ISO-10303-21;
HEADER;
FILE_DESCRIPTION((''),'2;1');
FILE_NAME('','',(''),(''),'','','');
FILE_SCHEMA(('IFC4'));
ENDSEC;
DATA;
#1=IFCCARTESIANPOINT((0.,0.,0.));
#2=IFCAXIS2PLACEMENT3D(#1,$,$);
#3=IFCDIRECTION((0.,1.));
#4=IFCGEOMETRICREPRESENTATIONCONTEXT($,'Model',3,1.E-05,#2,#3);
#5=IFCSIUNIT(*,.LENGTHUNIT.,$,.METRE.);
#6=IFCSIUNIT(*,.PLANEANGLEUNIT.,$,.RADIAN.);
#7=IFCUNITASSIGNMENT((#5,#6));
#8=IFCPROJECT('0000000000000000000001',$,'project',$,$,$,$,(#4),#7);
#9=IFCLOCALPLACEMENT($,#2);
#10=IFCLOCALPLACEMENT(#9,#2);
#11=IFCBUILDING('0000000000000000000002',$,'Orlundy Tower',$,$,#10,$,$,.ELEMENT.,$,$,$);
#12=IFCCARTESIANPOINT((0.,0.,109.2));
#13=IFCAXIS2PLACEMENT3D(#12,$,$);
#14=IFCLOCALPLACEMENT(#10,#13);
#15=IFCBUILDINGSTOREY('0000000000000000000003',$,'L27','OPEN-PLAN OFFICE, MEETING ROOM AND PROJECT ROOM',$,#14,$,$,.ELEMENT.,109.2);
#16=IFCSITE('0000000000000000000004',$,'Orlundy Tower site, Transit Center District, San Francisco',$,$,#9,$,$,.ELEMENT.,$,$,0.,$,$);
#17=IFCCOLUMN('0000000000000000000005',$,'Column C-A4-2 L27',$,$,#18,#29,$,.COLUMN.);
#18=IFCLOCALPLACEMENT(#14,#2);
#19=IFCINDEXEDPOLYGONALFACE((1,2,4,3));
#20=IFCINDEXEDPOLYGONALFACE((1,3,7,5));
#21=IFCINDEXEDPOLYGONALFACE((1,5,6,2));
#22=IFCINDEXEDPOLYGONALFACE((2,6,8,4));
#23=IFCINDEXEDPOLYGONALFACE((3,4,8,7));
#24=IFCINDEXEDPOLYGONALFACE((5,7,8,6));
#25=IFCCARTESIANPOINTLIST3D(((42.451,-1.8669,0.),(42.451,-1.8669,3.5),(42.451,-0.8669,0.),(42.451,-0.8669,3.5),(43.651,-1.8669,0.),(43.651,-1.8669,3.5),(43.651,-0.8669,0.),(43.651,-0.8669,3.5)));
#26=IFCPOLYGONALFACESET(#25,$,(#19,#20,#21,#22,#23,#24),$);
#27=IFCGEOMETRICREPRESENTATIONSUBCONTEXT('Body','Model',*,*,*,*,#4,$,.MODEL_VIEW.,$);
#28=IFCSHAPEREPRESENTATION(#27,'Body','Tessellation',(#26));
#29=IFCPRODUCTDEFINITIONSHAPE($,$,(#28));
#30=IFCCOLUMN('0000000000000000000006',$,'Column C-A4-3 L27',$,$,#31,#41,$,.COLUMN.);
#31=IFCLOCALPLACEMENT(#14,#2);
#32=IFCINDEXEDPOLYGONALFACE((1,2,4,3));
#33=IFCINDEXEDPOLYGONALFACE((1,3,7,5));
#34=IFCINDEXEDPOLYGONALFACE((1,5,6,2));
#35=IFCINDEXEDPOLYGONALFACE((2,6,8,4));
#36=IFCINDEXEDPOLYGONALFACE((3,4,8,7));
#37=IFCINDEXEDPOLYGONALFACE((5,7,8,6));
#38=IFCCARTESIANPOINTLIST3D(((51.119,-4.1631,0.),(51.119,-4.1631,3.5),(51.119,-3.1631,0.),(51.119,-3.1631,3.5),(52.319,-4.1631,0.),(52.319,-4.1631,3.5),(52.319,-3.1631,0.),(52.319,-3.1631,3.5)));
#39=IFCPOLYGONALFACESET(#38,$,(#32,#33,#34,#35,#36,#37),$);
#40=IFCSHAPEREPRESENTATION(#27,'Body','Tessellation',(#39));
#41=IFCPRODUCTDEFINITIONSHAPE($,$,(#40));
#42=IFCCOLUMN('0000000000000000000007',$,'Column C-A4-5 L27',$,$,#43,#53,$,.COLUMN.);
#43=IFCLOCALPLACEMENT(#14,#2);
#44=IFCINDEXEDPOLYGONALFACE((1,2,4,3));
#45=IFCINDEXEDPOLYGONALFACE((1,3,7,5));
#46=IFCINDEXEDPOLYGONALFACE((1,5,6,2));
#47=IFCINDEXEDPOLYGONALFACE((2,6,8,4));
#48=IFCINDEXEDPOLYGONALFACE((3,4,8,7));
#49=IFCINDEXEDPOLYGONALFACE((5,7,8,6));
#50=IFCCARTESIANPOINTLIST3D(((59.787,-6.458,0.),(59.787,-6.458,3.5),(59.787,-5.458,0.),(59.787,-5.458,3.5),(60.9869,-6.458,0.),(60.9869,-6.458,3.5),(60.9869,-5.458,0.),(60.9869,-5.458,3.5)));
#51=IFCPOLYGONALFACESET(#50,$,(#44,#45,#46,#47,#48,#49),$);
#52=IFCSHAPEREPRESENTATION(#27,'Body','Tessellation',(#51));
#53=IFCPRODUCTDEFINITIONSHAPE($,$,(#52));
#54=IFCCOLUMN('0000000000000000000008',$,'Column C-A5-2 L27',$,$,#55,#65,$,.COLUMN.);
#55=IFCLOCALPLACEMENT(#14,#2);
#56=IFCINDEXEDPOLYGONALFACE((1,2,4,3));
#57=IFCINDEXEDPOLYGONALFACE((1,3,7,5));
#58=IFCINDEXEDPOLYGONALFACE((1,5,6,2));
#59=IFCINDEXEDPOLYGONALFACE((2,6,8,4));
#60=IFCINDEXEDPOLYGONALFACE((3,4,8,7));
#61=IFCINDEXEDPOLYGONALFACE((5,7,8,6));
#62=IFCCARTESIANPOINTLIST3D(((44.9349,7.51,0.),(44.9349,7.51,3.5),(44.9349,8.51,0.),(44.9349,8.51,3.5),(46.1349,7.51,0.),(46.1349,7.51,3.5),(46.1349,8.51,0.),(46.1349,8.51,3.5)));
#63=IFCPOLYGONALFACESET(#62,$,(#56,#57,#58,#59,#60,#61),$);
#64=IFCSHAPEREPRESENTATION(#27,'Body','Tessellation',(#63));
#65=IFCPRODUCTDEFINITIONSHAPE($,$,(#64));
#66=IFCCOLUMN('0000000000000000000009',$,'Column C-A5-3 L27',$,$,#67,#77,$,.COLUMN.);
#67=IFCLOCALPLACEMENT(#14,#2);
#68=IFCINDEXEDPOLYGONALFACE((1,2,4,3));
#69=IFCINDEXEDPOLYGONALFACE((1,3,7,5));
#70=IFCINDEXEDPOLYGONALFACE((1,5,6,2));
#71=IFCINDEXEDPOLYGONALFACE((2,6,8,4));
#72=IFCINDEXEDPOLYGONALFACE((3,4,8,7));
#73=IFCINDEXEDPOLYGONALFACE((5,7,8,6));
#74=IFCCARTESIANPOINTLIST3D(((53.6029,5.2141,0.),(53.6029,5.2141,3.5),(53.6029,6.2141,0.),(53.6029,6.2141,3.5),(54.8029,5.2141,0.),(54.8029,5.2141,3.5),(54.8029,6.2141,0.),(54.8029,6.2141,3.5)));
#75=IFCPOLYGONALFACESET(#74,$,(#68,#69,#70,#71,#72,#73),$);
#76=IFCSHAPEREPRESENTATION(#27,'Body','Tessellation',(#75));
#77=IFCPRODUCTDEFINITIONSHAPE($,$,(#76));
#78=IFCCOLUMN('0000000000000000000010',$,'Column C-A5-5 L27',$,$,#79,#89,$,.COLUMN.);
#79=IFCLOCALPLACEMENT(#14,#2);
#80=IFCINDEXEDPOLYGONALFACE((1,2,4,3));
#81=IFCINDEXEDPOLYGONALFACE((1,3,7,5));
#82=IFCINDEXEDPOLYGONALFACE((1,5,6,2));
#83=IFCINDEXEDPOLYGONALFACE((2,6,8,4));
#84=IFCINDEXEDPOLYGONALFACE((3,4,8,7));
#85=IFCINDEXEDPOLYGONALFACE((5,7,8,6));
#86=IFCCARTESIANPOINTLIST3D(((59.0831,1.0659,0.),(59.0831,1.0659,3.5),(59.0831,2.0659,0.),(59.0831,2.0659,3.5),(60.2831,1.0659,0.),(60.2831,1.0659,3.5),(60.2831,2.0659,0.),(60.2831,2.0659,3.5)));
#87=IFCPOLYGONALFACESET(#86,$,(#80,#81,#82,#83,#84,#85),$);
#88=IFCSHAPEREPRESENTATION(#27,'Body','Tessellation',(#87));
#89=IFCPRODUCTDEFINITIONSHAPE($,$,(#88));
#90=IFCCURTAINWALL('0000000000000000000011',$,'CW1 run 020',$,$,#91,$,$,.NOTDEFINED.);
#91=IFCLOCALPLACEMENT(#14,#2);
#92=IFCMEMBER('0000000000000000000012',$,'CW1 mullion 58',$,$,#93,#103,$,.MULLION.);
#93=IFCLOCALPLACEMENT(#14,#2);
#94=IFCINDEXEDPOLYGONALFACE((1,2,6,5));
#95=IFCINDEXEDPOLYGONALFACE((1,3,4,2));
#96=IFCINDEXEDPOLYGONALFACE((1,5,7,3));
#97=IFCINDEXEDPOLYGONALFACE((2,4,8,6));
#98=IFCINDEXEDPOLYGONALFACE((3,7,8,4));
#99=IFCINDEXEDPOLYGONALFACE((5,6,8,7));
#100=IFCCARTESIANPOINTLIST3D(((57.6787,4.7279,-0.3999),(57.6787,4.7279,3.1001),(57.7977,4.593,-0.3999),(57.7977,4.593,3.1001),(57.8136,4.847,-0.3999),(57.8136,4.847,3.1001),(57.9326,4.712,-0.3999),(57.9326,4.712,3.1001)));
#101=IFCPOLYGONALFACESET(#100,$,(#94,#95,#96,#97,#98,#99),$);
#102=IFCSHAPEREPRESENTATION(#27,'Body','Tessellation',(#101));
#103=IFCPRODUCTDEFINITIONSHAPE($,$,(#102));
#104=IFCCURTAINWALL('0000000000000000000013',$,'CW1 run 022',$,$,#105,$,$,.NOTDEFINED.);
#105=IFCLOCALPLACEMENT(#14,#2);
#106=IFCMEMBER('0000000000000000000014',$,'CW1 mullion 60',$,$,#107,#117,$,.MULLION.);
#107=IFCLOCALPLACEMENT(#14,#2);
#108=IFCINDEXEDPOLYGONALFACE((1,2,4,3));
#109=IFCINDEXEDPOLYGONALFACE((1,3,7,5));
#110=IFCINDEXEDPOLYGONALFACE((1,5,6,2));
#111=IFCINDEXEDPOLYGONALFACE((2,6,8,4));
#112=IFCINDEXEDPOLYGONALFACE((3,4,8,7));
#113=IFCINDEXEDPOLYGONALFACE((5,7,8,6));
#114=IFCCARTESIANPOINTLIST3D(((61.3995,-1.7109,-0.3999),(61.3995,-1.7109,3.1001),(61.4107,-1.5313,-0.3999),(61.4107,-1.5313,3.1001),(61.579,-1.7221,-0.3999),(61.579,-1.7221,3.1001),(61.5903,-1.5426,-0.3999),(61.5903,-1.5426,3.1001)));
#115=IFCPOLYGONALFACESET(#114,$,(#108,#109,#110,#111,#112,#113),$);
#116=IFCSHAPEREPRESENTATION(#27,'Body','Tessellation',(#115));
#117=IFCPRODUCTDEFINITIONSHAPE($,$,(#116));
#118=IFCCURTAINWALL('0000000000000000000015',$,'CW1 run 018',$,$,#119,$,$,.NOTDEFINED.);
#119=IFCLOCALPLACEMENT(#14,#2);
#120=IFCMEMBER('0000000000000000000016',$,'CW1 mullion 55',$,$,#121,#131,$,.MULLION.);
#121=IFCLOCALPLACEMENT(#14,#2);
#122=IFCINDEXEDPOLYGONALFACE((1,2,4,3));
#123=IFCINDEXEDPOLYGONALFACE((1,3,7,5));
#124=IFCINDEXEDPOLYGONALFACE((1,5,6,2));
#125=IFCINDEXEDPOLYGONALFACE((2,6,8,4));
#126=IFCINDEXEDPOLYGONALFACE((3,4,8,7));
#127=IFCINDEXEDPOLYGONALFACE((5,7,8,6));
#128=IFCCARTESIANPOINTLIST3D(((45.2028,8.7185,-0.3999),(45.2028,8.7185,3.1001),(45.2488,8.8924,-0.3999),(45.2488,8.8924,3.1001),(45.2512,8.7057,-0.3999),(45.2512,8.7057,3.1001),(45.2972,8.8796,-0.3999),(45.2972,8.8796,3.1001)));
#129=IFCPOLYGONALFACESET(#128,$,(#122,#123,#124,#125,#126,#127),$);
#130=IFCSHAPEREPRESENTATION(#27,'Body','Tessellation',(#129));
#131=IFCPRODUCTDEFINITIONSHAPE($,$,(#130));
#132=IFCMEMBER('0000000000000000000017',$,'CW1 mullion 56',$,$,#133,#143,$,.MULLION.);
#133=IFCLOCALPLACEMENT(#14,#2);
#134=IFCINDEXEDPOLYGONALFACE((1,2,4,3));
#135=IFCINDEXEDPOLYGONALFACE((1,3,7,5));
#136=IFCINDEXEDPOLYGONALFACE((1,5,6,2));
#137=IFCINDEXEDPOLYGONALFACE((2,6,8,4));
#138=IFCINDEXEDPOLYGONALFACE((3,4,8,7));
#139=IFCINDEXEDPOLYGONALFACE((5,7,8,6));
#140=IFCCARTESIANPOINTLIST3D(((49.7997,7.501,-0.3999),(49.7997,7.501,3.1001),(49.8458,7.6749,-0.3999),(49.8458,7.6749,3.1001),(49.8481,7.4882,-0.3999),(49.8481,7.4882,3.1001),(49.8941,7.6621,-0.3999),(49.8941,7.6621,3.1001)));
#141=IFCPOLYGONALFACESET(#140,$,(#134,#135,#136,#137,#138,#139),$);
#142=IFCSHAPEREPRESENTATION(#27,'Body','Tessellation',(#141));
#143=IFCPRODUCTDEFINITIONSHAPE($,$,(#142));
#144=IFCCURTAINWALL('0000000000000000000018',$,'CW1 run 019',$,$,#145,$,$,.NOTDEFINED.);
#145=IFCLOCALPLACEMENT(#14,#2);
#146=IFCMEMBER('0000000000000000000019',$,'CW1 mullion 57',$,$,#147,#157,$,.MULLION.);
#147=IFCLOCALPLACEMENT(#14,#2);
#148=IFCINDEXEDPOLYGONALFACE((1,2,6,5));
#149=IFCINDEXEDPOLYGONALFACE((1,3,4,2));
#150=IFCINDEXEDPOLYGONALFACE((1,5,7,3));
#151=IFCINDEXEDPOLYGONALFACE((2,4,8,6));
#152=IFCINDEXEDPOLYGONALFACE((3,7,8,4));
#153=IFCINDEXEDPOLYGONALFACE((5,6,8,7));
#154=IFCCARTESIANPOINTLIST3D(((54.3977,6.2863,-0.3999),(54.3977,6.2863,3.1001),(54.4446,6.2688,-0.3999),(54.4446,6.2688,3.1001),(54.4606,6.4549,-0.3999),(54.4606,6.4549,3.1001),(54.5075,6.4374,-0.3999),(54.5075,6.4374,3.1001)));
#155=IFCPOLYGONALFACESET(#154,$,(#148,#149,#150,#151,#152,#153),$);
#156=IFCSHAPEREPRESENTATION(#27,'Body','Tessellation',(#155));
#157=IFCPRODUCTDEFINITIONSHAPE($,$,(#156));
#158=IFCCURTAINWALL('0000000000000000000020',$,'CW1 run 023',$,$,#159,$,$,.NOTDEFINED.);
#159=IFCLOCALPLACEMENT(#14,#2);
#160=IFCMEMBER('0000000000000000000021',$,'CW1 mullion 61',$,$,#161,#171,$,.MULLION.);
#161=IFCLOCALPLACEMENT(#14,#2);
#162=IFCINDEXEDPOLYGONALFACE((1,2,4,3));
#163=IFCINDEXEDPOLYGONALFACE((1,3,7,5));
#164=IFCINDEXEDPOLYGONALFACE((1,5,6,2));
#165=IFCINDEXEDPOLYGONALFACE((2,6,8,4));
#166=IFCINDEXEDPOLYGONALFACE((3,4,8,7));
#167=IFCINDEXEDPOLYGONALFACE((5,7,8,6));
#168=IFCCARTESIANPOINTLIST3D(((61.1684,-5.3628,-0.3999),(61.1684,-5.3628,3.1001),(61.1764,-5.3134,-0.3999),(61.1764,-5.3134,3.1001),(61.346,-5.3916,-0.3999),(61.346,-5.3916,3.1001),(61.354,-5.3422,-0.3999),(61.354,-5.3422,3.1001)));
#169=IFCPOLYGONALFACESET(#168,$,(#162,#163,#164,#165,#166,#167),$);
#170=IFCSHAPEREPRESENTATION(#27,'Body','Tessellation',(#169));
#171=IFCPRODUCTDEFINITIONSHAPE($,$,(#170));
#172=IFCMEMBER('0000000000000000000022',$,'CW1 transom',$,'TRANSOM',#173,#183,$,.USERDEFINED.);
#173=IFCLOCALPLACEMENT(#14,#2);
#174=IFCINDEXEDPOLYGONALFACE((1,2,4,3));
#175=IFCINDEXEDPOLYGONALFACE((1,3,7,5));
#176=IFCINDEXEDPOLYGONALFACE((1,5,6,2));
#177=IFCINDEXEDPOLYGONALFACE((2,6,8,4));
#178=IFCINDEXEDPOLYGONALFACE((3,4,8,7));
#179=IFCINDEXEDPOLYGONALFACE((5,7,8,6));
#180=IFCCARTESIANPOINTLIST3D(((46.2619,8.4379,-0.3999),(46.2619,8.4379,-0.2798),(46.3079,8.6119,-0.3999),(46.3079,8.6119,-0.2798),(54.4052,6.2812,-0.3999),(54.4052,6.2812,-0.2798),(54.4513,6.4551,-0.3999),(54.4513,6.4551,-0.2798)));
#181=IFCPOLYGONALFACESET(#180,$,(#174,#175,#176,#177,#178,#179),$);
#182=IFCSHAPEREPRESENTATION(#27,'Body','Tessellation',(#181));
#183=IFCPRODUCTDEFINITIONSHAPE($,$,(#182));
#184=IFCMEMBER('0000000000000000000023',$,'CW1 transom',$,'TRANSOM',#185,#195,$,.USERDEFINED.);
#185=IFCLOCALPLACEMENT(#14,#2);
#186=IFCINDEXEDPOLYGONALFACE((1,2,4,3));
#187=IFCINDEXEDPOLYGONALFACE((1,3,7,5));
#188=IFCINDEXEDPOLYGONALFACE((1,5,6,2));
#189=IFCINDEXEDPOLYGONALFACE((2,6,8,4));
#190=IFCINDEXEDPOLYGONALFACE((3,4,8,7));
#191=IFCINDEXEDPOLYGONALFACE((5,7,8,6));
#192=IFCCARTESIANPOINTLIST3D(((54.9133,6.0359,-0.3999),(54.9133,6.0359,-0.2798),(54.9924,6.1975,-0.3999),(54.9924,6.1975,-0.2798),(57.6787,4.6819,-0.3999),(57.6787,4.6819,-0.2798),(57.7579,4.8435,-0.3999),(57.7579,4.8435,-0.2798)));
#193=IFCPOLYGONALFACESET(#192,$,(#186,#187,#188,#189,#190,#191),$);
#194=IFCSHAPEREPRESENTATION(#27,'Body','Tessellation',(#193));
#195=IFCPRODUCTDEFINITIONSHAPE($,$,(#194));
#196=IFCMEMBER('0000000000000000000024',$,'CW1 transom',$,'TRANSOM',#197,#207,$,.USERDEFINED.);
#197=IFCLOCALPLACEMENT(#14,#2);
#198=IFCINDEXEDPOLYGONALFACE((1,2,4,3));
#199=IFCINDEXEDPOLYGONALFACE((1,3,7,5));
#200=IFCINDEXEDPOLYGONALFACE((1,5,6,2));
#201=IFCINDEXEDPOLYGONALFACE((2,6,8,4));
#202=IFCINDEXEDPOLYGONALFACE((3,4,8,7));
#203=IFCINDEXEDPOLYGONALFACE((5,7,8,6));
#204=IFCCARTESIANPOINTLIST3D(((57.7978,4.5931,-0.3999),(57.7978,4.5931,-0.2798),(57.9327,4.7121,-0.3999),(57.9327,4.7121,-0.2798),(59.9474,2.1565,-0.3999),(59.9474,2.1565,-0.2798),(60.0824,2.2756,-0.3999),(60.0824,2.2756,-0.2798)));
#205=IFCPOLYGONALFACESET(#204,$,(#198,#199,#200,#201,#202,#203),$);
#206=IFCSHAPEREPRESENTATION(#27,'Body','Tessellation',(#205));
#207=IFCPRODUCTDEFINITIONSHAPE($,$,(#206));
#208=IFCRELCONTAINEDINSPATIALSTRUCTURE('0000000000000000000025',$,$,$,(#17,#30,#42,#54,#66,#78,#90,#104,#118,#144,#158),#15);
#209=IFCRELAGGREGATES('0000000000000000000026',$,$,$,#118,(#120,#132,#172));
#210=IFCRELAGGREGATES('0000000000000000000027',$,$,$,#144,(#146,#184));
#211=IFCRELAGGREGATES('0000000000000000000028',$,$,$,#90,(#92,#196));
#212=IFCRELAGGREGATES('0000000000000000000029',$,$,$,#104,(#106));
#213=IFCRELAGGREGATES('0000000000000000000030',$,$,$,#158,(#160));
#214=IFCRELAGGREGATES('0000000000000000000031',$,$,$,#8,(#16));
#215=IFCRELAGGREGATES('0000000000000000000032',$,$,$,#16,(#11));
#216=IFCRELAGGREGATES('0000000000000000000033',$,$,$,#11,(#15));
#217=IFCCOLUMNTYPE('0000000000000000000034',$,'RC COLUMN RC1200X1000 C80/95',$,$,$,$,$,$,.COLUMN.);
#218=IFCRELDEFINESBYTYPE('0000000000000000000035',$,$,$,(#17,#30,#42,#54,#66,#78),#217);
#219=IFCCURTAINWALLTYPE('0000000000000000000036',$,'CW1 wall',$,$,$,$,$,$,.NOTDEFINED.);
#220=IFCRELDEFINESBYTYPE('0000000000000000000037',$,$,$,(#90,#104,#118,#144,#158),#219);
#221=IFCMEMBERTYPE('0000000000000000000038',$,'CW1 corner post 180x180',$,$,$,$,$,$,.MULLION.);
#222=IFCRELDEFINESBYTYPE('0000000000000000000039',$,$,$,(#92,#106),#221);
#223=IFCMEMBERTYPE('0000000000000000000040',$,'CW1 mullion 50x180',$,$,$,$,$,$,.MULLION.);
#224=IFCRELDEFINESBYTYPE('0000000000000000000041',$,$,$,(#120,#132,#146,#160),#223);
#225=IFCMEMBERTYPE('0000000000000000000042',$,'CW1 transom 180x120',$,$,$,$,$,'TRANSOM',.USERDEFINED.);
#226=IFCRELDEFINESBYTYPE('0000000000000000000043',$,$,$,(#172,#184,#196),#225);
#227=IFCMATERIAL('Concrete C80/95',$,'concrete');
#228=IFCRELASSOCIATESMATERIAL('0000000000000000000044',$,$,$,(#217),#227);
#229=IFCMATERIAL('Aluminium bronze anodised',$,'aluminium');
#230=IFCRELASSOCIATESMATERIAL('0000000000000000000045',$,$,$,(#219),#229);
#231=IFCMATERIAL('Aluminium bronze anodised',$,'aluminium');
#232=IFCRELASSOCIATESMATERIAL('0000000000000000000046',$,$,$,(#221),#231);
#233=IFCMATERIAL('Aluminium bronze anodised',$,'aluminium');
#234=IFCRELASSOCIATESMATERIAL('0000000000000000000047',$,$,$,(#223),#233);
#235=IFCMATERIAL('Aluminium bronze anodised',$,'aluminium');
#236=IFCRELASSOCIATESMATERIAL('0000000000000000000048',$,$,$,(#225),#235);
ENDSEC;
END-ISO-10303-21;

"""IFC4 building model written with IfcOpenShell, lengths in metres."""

from ifc_helpers import new_model, si_unit, direction, frame, origin, origin_2d, place, context, subcontext, project, spatial, rectangle, extrude, material, material_profile, profile_set, type_object, element, aggregate, save


model = new_model("IFC4")

# Units and contexts
model_context = context("Model", 3, precision=1e-05, world=origin(), true_north=direction((0.0, 1.0)))
body_context = subcontext(model_context, "Body", "Model", "MODEL_VIEW")
ifc_project = project(units=[si_unit("LENGTHUNIT", "METRE"), si_unit("PLANEANGLEUNIT", "RADIAN")], contexts=[model_context])

# Site, building, storey
site_placement = place(None, origin())
site = spatial("IfcSite", under=ifc_project, at=site_placement, Name="Orlundy Tower site, Transit Center District, San Francisco", CompositionType="ELEMENT", RefElevation=0.0)
building_placement = place(site_placement, origin())
building = spatial("IfcBuilding", under=site, at=building_placement, Name="Orlundy Tower", CompositionType="ELEMENT")
storey_placement = place(building_placement, frame((0.0, 0.0, 109.2)))
storey = spatial("IfcBuildingStorey", under=building, at=storey_placement, Name="L27", Description="OPEN-PLAN OFFICE, MEETING ROOM AND PROJECT ROOM", CompositionType="ELEMENT", Elevation=109.2)

# Columns
ifc_material_1 = material(Name="Concrete C80/95", Category="concrete")
ifc_material_profile_1 = material_profile(ifc_material_1, rectangle(XDim=1.2, YDim=1.0, at=origin_2d()), Name="RC1200X1000")
ifc_profile_set_1 = profile_set([ifc_material_profile_1], Name="Concrete C80/95")
column_type = type_object("IfcColumnType", Name="RC COLUMN RC1200X1000 C80/95", PredefinedType="COLUMN", material=ifc_profile_set_1)
for number, where, z_axis, x_axis, name in (
    (1, (43.051, -1.3669, 0.0), (0.0, 0.0, 1.0), (1.0, 0.0, 0.0), "Column C-A4-2 L27"),
    (2, (51.719, -3.6631, 0.0), (0.0, 0.0, 1.0), (1.0, 0.0, 0.0), "Column C-A4-3 L27"),
    (3, (60.387, -5.958, 0.0), (0.0, 0.0, 1.0), (1.0, 0.0, 0.0), "Column C-A4-5 L27"),
    (4, (45.5349, 8.01, 0.0), (0.0, 0.0, 1.0), (1.0, 0.0, 0.0), "Column C-A5-2 L27"),
    (5, (54.2029, 5.7141, 0.0), (0.0, 0.0, 1.0), (1.0, 0.0, 0.0), "Column C-A5-3 L27"),
    (6, (59.6831, 1.5659, 0.0), (0.0, 0.0, 1.0), (1.0, 0.0, 0.0), "Column C-A5-5 L27"),
):
    element("IfcColumn", number, at=place(storey_placement, frame(where, z_axis=z_axis, x_axis=x_axis)), inside=storey, type_object=column_type, Name=name, PredefinedType="COLUMN", context=body_context, shape_type="SweptSolid", body=[
        extrude(rectangle(XDim=1.2, YDim=1.0, at=origin_2d()), origin(), (0.0, 0.0, 1.0), 3.5),
    ])

# Curtain walls, members
ifc_material_2 = material(Name="Aluminium bronze anodised", Category="aluminium")
curtain_wall_type = type_object("IfcCurtainWallType", Name="CW1 wall", PredefinedType="NOTDEFINED", material=ifc_material_2)
curtain_wall_1_placement = place(storey_placement, origin())
curtain_wall_1 = element("IfcCurtainWall", 7, at=curtain_wall_1_placement, inside=storey, type_object=curtain_wall_type, Name="CW1 run 020", PredefinedType="NOTDEFINED")
ifc_material_3 = material(Name="Aluminium bronze anodised", Category="aluminium")
ifc_material_profile_2 = material_profile(ifc_material_3, rectangle(XDim=0.1799, YDim=0.1799, at=origin_2d()), Name="CW1 corner post 180x180")
ifc_profile_set_2 = profile_set([ifc_material_profile_2], Name="Aluminium bronze anodised")
member_type_1 = type_object("IfcMemberType", Name="CW1 corner post 180x180", PredefinedType="MULLION", material=ifc_profile_set_2)
member_1_placement = place(storey_placement, frame((57.8057, 4.72, -0.3999), z_axis=(0.0, 0.0, 1.0), x_axis=(0.749846, 0.661613, 0.0)))
member_1 = element("IfcMember", 8, at=member_1_placement, type_object=member_type_1, Name="CW1 mullion 58", PredefinedType="MULLION", context=body_context, shape_type="SweptSolid", body=[
    extrude(rectangle(XDim=0.1799, YDim=0.1799, at=origin_2d()), origin(), (0.0, 0.0, 1.0), 3.5),
])
curtain_wall_2_placement = place(storey_placement, origin())
curtain_wall_2 = element("IfcCurtainWall", 9, at=curtain_wall_2_placement, inside=storey, type_object=curtain_wall_type, Name="CW1 run 022", PredefinedType="NOTDEFINED")
member_2_placement = place(storey_placement, frame((61.4949, -1.6267, -0.3999), z_axis=(0.0, 0.0, 1.0), x_axis=(0.998039, -0.062597, 0.0)))
member_2 = element("IfcMember", 10, at=member_2_placement, type_object=member_type_1, Name="CW1 mullion 60", PredefinedType="MULLION", context=body_context, shape_type="SweptSolid", body=[
    extrude(rectangle(XDim=0.1799, YDim=0.1799, at=origin_2d()), origin(), (0.0, 0.0, 1.0), 3.5),
])

# Curtain wall, members
curtain_wall_3_placement = place(storey_placement, origin())
curtain_wall_3 = element("IfcCurtainWall", 11, at=curtain_wall_3_placement, inside=storey, type_object=curtain_wall_type, Name="CW1 run 018", PredefinedType="NOTDEFINED")
ifc_material_4 = material(Name="Aluminium bronze anodised", Category="aluminium")
ifc_material_profile_3 = material_profile(ifc_material_4, rectangle(XDim=0.1799, YDim=0.05, at=origin_2d()), Name="CW1 mullion 50x180")
ifc_profile_set_3 = profile_set([ifc_material_profile_3], Name="Aluminium bronze anodised")
member_type_2 = type_object("IfcMemberType", Name="CW1 mullion 50x180", PredefinedType="MULLION", material=ifc_profile_set_3)
member_3_placement = place(storey_placement, frame((45.25, 8.7991, -0.3999), z_axis=(0.0, 0.0, 1.0), x_axis=(0.25602, 0.966672, 0.0)))
member_3 = element("IfcMember", 12, at=member_3_placement, type_object=member_type_2, Name="CW1 mullion 55", PredefinedType="MULLION", context=body_context, shape_type="SweptSolid", body=[
    extrude(rectangle(XDim=0.1799, YDim=0.05, at=origin_2d()), origin(), (0.0, 0.0, 1.0), 3.5),
])
member_4_placement = place(storey_placement, frame((49.8469, 7.5815, -0.3999), z_axis=(0.0, 0.0, 1.0), x_axis=(0.25602, 0.966672, 0.0)))
member_4 = element("IfcMember", 13, at=member_4_placement, type_object=member_type_2, Name="CW1 mullion 56", PredefinedType="MULLION", context=body_context, shape_type="SweptSolid", body=[
    extrude(rectangle(XDim=0.1799, YDim=0.05, at=origin_2d()), origin(), (0.0, 0.0, 1.0), 3.5),
])

# Curtain walls, members
curtain_wall_4_placement = place(storey_placement, origin())
curtain_wall_4 = element("IfcCurtainWall", 14, at=curtain_wall_4_placement, inside=storey, type_object=curtain_wall_type, Name="CW1 run 019", PredefinedType="NOTDEFINED")
member_5_placement = place(storey_placement, frame((54.4526, 6.3618, -0.3999), z_axis=(0.0, 0.0, 1.0), x_axis=(0.34957, 0.93691, 0.0)))
member_5 = element("IfcMember", 15, at=member_5_placement, type_object=member_type_2, Name="CW1 mullion 57", PredefinedType="MULLION", context=body_context, shape_type="SweptSolid", body=[
    extrude(rectangle(XDim=0.1799, YDim=0.05, at=origin_2d()), origin(), (0.0, 0.0, 1.0), 3.5),
])
curtain_wall_5_placement = place(storey_placement, origin())
curtain_wall_5 = element("IfcCurtainWall", 16, at=curtain_wall_5_placement, inside=storey, type_object=curtain_wall_type, Name="CW1 run 023", PredefinedType="NOTDEFINED")
member_6_placement = place(storey_placement, frame((61.2612, -5.3525, -0.3999), z_axis=(0.0, 0.0, 1.0), x_axis=(0.987107, -0.160064, 0.0)))
member_6 = element("IfcMember", 17, at=member_6_placement, type_object=member_type_2, Name="CW1 mullion 61", PredefinedType="MULLION", context=body_context, shape_type="SweptSolid", body=[
    extrude(rectangle(XDim=0.1799, YDim=0.05, at=origin_2d()), origin(), (0.0, 0.0, 1.0), 3.5),
])

# Members
ifc_material_5 = material(Name="Aluminium bronze anodised", Category="aluminium")
ifc_material_profile_4 = material_profile(ifc_material_5, rectangle(XDim=0.1799, YDim=0.1201, at=origin_2d()), Name="CW1 transom 180x120")
ifc_profile_set_4 = profile_set([ifc_material_profile_4], Name="Aluminium bronze anodised")
member_type_3 = type_object("IfcMemberType", Name="CW1 transom 180x120", ElementType="TRANSOM", PredefinedType="USERDEFINED", material=ifc_profile_set_4)
member_7_placement = place(storey_placement, frame((46.2849, 8.5249, -0.3398), z_axis=(0.966671, -0.256021, 0.0), x_axis=(0.256021, 0.966671, 0.0)))
member_7 = element("IfcMember", 18, at=member_7_placement, type_object=member_type_3, Name="CW1 transom", ObjectType="TRANSOM", PredefinedType="USERDEFINED", context=body_context, shape_type="SweptSolid", body=[
    extrude(rectangle(XDim=0.1799, YDim=0.1201, at=origin_2d()), origin(), (0.0, 0.0, 1.0), 8.4241),
])
member_8_placement = place(storey_placement, frame((54.9529, 6.1167, -0.3398), z_axis=(0.898123, -0.439745, 0.0), x_axis=(0.439745, 0.898123, 0.0)))
member_8 = element("IfcMember", 19, at=member_8_placement, type_object=member_type_3, Name="CW1 transom", ObjectType="TRANSOM", PredefinedType="USERDEFINED", context=body_context, shape_type="SweptSolid", body=[
    extrude(rectangle(XDim=0.1799, YDim=0.1201, at=origin_2d()), origin(), (0.0, 0.0, 1.0), 3.0791),
])
member_9_placement = place(storey_placement, frame((57.8652, 4.6526, -0.3398), z_axis=(0.661584, -0.749871, 0.0), x_axis=(0.749871, 0.661584, 0.0)))
member_9 = element("IfcMember", 20, at=member_9_placement, type_object=member_type_3, Name="CW1 transom", ObjectType="TRANSOM", PredefinedType="USERDEFINED", context=body_context, shape_type="SweptSolid", body=[
    extrude(rectangle(XDim=0.1799, YDim=0.1201, at=origin_2d()), origin(), (0.0, 0.0, 1.0), 3.2493),
])

aggregate(curtain_wall_3, [member_3, member_4, member_7])
aggregate(curtain_wall_4, [member_5, member_8])
aggregate(curtain_wall_1, [member_1, member_9])
aggregate(curtain_wall_2, [member_2])
aggregate(curtain_wall_5, [member_6])

save(model, "model.ifc")
